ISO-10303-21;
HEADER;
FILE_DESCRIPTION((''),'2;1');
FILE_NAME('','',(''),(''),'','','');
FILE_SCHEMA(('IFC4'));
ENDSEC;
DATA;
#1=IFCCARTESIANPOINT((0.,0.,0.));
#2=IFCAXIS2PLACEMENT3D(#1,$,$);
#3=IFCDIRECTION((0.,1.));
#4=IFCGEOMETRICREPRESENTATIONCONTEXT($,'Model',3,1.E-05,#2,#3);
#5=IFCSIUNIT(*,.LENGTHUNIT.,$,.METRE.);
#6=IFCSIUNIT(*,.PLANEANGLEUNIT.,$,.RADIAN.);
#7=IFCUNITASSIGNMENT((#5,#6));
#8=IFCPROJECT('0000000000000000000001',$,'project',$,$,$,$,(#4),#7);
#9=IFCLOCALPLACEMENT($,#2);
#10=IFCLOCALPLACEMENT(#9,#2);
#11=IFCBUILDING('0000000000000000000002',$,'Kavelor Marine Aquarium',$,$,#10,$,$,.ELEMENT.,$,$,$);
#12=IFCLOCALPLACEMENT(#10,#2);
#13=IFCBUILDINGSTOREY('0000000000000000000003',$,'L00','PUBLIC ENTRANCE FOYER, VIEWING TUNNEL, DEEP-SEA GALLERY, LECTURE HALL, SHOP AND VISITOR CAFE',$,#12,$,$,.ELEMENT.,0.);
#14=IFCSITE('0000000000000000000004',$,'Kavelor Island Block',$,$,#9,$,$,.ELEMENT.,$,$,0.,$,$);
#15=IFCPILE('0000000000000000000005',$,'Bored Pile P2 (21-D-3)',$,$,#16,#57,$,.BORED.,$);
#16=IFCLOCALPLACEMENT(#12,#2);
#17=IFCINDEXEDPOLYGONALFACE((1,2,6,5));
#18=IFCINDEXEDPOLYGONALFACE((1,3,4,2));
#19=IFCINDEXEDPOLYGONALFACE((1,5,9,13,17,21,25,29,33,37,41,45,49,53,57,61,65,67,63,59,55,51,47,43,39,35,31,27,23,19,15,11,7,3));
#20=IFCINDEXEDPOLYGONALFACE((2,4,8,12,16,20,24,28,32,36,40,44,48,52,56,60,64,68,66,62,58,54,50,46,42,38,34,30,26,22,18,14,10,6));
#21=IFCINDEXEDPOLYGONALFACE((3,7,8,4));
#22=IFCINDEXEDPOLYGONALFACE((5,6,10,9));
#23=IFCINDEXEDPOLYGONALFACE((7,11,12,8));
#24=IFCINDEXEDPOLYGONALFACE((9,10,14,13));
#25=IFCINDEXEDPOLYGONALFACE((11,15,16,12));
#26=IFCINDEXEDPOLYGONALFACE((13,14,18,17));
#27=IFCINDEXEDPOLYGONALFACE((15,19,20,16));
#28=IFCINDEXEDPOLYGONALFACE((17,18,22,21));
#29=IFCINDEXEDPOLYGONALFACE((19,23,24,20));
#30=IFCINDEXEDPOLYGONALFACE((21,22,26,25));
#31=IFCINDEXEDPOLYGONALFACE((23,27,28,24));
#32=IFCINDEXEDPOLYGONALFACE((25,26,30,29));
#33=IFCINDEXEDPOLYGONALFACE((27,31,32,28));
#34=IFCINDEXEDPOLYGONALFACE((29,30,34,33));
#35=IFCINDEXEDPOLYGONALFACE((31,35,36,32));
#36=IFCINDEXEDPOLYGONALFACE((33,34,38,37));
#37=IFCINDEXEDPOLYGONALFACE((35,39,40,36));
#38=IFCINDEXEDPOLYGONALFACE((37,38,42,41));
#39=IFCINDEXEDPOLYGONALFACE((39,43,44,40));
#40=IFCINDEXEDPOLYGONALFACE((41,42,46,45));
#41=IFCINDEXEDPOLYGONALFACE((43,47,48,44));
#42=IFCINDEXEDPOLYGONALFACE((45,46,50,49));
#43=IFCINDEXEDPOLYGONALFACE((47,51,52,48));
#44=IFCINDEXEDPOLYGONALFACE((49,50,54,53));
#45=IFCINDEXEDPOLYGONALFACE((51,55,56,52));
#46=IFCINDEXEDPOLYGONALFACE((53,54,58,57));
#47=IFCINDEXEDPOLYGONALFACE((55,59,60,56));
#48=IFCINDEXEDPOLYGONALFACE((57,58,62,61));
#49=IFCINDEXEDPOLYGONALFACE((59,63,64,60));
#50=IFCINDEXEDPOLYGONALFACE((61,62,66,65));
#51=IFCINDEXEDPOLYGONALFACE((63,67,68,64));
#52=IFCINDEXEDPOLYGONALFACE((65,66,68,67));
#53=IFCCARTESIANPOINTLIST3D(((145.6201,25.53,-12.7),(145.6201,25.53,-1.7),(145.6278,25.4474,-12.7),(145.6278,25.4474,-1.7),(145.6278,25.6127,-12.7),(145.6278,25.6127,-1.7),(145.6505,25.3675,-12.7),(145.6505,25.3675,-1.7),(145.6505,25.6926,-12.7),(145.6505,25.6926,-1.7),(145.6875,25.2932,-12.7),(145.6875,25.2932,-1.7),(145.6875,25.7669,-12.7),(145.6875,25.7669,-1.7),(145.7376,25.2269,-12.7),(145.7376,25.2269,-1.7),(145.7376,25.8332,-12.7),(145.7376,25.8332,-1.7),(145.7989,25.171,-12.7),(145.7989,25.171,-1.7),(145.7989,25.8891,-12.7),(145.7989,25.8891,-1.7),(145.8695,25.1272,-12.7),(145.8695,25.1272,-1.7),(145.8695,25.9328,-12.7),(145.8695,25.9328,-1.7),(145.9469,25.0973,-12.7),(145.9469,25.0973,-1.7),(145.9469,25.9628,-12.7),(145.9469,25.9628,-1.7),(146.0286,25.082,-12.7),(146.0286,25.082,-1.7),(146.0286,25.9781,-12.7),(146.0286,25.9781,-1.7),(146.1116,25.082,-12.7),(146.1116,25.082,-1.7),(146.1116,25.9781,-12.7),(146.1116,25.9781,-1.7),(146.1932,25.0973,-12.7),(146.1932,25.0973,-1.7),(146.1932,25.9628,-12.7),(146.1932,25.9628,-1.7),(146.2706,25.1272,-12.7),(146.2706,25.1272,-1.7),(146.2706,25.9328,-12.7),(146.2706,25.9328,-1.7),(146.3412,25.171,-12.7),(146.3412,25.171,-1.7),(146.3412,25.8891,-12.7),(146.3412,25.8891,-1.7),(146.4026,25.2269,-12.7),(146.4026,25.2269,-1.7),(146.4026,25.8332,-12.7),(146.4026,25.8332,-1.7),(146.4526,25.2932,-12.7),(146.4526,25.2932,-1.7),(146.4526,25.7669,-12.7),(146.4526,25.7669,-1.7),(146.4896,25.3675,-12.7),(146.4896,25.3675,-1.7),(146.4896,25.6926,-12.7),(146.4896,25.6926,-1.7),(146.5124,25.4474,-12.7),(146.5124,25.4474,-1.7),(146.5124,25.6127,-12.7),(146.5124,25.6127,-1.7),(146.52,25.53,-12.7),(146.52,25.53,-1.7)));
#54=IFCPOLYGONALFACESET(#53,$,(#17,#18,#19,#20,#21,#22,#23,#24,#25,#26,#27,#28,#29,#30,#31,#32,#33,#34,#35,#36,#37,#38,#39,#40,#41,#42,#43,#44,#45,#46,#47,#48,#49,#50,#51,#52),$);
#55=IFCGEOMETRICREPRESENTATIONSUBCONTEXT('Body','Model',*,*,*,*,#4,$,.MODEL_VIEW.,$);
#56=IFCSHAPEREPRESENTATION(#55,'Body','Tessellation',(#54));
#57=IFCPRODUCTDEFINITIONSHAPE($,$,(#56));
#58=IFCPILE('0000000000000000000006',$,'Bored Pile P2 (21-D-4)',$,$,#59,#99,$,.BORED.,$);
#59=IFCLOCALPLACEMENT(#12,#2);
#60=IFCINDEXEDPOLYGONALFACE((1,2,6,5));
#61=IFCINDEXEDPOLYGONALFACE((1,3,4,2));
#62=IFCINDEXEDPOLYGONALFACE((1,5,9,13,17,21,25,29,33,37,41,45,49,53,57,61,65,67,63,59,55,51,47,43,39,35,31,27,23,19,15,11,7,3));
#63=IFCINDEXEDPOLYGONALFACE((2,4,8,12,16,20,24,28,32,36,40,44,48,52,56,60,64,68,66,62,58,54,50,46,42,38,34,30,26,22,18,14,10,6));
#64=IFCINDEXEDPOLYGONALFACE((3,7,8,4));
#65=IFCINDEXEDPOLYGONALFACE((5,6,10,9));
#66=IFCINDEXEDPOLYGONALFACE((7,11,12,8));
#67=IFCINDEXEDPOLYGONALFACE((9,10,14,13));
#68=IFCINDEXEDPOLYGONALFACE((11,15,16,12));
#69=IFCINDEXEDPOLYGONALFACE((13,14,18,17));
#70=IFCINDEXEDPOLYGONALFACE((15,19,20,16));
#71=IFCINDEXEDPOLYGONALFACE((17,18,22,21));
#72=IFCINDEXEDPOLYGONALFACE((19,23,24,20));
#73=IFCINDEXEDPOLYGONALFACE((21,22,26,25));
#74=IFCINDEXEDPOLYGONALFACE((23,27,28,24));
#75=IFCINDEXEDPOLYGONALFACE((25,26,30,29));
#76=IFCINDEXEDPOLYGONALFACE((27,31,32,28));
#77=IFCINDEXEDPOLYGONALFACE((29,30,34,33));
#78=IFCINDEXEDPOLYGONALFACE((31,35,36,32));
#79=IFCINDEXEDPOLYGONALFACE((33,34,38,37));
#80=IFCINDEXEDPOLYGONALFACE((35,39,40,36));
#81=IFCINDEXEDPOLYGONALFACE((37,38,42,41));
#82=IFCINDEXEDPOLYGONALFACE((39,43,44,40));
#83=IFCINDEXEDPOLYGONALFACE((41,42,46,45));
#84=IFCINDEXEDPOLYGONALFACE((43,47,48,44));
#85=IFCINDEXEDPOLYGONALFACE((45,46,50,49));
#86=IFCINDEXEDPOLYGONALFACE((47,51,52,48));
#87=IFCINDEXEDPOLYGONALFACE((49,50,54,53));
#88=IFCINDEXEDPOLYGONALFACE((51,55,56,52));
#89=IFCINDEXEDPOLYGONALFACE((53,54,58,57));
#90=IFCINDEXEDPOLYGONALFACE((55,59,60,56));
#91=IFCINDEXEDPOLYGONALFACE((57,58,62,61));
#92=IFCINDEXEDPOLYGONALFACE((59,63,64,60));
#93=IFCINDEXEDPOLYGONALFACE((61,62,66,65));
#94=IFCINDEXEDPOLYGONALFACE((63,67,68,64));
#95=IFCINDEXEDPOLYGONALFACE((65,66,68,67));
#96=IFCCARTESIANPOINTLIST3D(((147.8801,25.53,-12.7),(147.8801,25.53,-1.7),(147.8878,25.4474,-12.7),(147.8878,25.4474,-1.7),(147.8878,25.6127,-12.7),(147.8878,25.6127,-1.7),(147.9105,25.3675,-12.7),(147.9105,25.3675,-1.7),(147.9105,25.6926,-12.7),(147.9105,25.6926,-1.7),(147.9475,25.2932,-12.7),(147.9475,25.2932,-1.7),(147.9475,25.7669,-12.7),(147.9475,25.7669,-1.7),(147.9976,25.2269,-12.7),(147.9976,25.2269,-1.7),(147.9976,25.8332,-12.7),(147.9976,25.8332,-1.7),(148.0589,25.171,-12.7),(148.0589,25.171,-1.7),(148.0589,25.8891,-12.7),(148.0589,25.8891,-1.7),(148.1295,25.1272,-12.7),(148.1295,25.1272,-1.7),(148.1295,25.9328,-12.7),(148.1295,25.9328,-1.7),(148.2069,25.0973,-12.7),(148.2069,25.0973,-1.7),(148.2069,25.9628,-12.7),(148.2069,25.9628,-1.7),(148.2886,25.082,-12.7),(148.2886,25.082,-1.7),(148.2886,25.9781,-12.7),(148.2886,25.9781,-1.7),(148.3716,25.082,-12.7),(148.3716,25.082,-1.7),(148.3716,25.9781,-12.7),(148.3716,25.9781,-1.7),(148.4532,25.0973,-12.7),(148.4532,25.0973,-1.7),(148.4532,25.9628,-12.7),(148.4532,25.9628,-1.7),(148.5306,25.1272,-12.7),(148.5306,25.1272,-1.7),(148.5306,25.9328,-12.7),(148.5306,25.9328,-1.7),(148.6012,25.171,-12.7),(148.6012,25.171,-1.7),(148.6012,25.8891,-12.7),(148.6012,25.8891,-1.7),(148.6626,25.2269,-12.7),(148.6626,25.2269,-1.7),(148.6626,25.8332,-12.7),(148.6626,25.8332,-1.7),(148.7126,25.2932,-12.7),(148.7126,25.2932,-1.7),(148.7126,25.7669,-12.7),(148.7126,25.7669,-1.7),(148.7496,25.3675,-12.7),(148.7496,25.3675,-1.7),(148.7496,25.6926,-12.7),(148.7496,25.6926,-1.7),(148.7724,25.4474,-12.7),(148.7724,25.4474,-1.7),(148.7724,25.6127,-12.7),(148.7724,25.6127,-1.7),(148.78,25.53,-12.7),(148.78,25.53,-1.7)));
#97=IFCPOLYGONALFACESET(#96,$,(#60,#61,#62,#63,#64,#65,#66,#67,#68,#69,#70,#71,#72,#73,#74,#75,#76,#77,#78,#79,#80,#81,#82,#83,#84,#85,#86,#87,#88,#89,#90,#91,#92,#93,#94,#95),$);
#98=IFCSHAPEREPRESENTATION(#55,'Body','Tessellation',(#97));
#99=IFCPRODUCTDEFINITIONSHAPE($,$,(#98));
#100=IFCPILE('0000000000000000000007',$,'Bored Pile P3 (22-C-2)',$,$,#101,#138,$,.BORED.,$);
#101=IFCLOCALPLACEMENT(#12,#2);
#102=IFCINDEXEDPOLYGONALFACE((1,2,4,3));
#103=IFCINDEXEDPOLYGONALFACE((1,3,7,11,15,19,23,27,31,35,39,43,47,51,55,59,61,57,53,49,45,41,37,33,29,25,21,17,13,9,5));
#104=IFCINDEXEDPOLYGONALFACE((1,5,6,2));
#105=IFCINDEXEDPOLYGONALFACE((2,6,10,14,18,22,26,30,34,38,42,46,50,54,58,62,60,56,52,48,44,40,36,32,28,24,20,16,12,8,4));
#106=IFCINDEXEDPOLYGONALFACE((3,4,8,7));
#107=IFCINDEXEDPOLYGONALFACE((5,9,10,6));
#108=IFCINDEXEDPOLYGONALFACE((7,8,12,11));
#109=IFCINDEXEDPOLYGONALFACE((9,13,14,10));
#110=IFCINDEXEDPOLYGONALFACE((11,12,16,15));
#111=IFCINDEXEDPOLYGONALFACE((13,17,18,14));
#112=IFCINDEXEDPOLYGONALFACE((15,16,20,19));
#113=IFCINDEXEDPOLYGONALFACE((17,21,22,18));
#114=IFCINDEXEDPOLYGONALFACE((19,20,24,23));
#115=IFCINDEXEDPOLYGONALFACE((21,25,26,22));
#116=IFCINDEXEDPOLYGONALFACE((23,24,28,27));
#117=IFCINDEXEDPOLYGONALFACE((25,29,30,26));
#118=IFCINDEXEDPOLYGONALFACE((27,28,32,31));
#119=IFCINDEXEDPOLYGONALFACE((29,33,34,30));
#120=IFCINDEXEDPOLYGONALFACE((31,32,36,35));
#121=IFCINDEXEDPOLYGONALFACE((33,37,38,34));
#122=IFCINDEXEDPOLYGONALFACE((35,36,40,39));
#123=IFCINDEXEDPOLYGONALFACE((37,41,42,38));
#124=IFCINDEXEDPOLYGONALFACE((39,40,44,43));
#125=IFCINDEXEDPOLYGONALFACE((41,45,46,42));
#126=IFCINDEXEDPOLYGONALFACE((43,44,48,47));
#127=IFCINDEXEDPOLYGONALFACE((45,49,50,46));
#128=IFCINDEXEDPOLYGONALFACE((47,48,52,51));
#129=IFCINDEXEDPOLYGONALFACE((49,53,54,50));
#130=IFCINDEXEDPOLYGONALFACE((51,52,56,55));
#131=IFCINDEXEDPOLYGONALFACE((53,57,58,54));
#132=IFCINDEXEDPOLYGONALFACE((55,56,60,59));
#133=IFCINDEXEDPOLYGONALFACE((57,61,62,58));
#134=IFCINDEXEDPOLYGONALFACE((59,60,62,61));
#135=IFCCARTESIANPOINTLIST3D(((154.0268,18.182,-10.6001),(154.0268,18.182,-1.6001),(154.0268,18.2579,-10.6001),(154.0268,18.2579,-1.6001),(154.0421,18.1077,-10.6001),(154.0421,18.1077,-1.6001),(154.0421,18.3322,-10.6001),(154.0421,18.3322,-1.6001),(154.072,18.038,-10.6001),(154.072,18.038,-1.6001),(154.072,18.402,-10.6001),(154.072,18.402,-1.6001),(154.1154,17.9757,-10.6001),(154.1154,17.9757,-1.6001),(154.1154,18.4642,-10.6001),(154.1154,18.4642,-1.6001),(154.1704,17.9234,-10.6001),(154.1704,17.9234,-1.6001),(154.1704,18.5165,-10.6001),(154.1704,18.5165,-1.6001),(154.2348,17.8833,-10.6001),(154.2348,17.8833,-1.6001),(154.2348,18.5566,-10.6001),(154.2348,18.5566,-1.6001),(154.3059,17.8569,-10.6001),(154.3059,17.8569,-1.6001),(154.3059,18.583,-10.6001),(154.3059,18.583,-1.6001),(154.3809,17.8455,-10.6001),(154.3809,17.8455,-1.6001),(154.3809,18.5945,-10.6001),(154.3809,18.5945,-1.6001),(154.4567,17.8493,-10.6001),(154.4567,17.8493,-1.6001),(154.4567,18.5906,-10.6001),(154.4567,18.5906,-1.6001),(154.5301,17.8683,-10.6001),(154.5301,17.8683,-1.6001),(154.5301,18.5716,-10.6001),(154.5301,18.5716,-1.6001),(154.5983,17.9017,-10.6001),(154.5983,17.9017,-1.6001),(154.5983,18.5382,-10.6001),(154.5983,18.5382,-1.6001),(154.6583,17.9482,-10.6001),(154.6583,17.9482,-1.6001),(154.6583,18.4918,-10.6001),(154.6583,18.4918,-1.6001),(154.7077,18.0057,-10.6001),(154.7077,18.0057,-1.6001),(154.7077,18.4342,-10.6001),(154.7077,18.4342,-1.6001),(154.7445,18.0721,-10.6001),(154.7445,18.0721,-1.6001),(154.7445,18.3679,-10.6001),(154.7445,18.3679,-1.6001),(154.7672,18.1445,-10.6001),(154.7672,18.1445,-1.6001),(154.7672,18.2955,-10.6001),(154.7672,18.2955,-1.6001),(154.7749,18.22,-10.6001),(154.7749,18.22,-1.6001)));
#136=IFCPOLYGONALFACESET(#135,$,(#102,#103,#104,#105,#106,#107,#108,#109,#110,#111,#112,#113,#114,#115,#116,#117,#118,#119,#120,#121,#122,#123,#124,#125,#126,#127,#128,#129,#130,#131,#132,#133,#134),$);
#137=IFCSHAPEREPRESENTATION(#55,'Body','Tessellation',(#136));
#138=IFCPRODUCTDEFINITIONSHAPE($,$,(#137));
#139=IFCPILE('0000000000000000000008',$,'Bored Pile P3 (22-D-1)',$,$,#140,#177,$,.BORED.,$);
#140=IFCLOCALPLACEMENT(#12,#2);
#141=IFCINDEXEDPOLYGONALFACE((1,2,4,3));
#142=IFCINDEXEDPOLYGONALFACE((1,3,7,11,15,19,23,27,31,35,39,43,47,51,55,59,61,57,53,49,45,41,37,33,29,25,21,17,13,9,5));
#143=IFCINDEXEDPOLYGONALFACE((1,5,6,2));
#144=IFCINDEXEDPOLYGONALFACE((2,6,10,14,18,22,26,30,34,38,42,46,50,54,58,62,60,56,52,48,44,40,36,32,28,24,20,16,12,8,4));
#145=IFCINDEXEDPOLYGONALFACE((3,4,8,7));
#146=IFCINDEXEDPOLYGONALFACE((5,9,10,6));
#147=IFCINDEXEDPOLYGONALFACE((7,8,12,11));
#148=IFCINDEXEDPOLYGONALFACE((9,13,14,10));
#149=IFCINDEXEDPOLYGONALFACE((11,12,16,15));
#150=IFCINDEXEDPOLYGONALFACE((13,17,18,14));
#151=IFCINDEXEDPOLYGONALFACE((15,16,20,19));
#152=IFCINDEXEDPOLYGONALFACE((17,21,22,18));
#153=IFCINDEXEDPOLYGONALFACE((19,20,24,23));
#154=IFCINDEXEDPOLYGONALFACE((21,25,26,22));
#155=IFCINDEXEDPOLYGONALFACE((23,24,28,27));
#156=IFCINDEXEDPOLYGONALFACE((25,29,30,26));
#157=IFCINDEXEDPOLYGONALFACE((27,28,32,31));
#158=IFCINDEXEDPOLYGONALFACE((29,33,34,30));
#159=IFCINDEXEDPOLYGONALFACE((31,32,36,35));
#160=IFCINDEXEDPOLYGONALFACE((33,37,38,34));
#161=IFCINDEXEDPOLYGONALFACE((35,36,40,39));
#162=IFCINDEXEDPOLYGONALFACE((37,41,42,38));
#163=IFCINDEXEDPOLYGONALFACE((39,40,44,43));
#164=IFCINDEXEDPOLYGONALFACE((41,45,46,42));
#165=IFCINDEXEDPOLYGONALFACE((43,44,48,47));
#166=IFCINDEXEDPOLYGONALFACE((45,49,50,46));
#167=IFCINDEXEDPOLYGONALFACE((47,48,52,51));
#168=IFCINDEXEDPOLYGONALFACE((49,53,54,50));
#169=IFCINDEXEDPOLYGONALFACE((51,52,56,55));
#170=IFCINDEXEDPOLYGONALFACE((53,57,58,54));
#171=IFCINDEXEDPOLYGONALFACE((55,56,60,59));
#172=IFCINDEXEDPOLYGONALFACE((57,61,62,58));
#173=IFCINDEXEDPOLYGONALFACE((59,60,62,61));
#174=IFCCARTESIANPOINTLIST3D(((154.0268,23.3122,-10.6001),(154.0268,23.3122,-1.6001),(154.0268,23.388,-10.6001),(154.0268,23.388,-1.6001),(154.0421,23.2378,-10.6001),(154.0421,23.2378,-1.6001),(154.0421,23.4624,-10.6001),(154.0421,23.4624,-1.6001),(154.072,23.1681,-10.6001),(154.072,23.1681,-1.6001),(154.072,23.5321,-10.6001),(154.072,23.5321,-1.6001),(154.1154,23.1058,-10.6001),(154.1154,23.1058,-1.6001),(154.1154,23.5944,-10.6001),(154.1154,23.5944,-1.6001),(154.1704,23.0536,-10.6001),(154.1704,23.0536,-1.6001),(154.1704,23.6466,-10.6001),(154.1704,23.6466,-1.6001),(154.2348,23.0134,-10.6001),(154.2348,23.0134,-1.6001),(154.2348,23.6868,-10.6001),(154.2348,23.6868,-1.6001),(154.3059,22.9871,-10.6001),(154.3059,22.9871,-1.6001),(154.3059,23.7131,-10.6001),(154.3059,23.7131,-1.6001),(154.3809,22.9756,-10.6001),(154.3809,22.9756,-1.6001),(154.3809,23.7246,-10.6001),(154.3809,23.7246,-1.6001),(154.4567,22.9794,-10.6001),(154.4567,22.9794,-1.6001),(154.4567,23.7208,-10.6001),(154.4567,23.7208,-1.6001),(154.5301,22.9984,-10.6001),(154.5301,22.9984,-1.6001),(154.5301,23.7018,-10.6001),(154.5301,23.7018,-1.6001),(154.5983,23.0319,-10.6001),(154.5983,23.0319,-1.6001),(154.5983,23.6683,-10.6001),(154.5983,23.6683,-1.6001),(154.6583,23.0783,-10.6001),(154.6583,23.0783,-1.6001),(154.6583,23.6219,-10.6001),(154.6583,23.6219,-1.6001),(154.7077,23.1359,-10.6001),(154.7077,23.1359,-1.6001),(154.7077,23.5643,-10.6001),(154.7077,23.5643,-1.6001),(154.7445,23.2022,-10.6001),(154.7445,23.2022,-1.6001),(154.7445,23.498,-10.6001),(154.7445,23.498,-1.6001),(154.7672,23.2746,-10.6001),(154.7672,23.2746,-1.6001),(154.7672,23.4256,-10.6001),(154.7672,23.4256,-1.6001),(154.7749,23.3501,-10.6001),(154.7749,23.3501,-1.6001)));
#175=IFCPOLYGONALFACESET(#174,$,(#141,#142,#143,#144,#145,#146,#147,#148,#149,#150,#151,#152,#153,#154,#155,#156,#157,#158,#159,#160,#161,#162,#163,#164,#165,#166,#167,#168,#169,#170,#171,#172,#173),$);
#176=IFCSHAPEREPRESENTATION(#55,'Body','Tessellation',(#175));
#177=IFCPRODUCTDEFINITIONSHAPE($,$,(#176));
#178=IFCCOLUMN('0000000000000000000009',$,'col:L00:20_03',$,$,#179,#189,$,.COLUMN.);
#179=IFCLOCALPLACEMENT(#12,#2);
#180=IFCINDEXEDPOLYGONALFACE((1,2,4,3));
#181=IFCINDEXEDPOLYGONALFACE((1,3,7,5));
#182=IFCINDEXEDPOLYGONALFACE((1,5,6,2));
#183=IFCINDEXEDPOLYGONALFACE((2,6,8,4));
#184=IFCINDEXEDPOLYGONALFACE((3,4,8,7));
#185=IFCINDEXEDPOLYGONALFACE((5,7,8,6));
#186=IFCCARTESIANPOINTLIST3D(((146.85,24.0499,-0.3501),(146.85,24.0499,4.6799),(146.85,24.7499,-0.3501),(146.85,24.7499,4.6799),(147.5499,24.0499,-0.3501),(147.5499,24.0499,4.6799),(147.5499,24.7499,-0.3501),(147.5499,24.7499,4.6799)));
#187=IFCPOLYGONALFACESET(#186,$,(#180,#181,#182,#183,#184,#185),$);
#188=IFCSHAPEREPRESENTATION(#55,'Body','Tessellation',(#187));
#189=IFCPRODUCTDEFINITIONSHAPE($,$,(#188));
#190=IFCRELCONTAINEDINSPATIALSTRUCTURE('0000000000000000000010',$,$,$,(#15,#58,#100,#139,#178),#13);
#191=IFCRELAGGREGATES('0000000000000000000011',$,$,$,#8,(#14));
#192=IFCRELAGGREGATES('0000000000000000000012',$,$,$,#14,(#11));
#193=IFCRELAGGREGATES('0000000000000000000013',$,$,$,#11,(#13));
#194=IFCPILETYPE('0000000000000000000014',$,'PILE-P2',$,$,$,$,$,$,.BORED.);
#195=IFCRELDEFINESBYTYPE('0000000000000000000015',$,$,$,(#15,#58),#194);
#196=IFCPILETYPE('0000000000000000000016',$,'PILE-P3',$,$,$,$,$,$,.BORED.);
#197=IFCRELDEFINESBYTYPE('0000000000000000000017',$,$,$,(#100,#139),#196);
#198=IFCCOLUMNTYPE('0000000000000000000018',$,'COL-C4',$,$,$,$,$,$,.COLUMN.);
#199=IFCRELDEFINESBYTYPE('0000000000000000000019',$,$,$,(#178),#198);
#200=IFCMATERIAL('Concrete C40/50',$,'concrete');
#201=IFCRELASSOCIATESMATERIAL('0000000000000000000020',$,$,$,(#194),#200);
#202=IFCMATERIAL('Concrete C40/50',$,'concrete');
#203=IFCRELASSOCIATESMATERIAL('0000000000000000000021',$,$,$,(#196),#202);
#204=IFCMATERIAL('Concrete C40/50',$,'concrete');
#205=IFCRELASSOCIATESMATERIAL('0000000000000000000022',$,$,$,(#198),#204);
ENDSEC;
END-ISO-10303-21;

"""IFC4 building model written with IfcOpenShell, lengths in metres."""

from ifc_helpers import new_model, si_unit, direction, frame, origin, origin_2d, place, context, subcontext, project, spatial, rectangle, circle, extrude, material, material_profile, profile_set, type_object, element, save


model = new_model("IFC4")

# Units and contexts
model_context = context("Model", 3, precision=1e-05, world=origin(), true_north=direction((0.0, 1.0)))
body_context = subcontext(model_context, "Body", "Model", "MODEL_VIEW")
ifc_project = project(units=[si_unit("LENGTHUNIT", "METRE"), si_unit("PLANEANGLEUNIT", "RADIAN")], contexts=[model_context])

# Site, building, storey
site_placement = place(None, origin())
site = spatial("IfcSite", under=ifc_project, at=site_placement, Name="Kavelor Island Block", CompositionType="ELEMENT", RefElevation=0.0)
building_placement = place(site_placement, origin())
building = spatial("IfcBuilding", under=site, at=building_placement, Name="Kavelor Marine Aquarium", CompositionType="ELEMENT")
storey_placement = place(building_placement, origin())
storey = spatial("IfcBuildingStorey", under=building, at=storey_placement, Name="L00", Description="PUBLIC ENTRANCE FOYER, VIEWING TUNNEL, DEEP-SEA GALLERY, LECTURE HALL, SHOP AND VISITOR CAFE", CompositionType="ELEMENT", Elevation=0.0)

# Piles
ifc_material_1 = material(Name="Concrete C40/50", Category="concrete")
ifc_material_profile_1 = material_profile(ifc_material_1, circle(Radius=0.45, at=origin_2d()), Name="PILE D900")
ifc_profile_set_1 = profile_set([ifc_material_profile_1], Name="Concrete C40/50")
pile_type_1 = type_object("IfcPileType", Name="PILE-P2", PredefinedType="BORED", material=ifc_profile_set_1)
for number, where, z_axis, x_axis, name in (
    (1, (146.0701, 25.53, -1.7), (0.0, 0.0, -1.0), (1.0, 0.0, 0.0), "Bored Pile P2 (21-D-3)"),
    (2, (148.3301, 25.53, -1.7), (0.0, 0.0, -1.0), (1.0, 0.0, 0.0), "Bored Pile P2 (21-D-4)"),
):
    element("IfcPile", number, at=place(storey_placement, frame(where, z_axis=z_axis, x_axis=x_axis)), inside=storey, type_object=pile_type_1, Name=name, PredefinedType="BORED", context=body_context, shape_type="SweptSolid", body=[
        extrude(circle(Radius=0.45, at=origin_2d()), origin(), (0.0, 0.0, 1.0), 11.0),
    ])
ifc_material_2 = material(Name="Concrete C40/50", Category="concrete")
ifc_material_profile_2 = material_profile(ifc_material_2, circle(Radius=0.375, at=origin_2d()), Name="PILE D750")
ifc_profile_set_2 = profile_set([ifc_material_profile_2], Name="Concrete C40/50")
pile_type_2 = type_object("IfcPileType", Name="PILE-P3", PredefinedType="BORED", material=ifc_profile_set_2)
for number, where, z_axis, x_axis, name in (
    (3, (154.3999, 18.22, -1.6001), (0.0, 0.0, -1.0), (1.0, 0.0, 0.0), "Bored Pile P3 (22-C-2)"),
    (4, (154.3999, 23.3501, -1.6001), (0.0, 0.0, -1.0), (1.0, 0.0, 0.0), "Bored Pile P3 (22-D-1)"),
):
    element("IfcPile", number, at=place(storey_placement, frame(where, z_axis=z_axis, x_axis=x_axis)), inside=storey, type_object=pile_type_2, Name=name, PredefinedType="BORED", context=body_context, shape_type="SweptSolid", body=[
        extrude(circle(Radius=0.375, at=origin_2d()), origin(), (0.0, 0.0, 1.0), 9.0),
    ])

# Column
ifc_material_3 = material(Name="Concrete C40/50", Category="concrete")
ifc_material_profile_3 = material_profile(ifc_material_3, rectangle(XDim=0.7, YDim=0.7, at=origin_2d()), Name="RC-COL 700x700")
ifc_profile_set_3 = profile_set([ifc_material_profile_3], Name="Concrete C40/50")
column_type_1 = type_object("IfcColumnType", Name="COL-C4", PredefinedType="COLUMN", material=ifc_profile_set_3)
column_1_placement = place(storey_placement, frame((147.2, 24.3999, -0.3501), z_axis=(0.0, 0.0, 1.0), x_axis=(1.0, 0.0, 0.0)))
element("IfcColumn", 5, at=column_1_placement, inside=storey, type_object=column_type_1, Name="col:L00:20_03", PredefinedType="COLUMN", context=body_context, shape_type="SweptSolid", body=[
    extrude(rectangle(XDim=0.7, YDim=0.7, at=origin_2d()), origin(), (0.0, 0.0, 1.0), 5.03),
])

save(model, "model.ifc")
